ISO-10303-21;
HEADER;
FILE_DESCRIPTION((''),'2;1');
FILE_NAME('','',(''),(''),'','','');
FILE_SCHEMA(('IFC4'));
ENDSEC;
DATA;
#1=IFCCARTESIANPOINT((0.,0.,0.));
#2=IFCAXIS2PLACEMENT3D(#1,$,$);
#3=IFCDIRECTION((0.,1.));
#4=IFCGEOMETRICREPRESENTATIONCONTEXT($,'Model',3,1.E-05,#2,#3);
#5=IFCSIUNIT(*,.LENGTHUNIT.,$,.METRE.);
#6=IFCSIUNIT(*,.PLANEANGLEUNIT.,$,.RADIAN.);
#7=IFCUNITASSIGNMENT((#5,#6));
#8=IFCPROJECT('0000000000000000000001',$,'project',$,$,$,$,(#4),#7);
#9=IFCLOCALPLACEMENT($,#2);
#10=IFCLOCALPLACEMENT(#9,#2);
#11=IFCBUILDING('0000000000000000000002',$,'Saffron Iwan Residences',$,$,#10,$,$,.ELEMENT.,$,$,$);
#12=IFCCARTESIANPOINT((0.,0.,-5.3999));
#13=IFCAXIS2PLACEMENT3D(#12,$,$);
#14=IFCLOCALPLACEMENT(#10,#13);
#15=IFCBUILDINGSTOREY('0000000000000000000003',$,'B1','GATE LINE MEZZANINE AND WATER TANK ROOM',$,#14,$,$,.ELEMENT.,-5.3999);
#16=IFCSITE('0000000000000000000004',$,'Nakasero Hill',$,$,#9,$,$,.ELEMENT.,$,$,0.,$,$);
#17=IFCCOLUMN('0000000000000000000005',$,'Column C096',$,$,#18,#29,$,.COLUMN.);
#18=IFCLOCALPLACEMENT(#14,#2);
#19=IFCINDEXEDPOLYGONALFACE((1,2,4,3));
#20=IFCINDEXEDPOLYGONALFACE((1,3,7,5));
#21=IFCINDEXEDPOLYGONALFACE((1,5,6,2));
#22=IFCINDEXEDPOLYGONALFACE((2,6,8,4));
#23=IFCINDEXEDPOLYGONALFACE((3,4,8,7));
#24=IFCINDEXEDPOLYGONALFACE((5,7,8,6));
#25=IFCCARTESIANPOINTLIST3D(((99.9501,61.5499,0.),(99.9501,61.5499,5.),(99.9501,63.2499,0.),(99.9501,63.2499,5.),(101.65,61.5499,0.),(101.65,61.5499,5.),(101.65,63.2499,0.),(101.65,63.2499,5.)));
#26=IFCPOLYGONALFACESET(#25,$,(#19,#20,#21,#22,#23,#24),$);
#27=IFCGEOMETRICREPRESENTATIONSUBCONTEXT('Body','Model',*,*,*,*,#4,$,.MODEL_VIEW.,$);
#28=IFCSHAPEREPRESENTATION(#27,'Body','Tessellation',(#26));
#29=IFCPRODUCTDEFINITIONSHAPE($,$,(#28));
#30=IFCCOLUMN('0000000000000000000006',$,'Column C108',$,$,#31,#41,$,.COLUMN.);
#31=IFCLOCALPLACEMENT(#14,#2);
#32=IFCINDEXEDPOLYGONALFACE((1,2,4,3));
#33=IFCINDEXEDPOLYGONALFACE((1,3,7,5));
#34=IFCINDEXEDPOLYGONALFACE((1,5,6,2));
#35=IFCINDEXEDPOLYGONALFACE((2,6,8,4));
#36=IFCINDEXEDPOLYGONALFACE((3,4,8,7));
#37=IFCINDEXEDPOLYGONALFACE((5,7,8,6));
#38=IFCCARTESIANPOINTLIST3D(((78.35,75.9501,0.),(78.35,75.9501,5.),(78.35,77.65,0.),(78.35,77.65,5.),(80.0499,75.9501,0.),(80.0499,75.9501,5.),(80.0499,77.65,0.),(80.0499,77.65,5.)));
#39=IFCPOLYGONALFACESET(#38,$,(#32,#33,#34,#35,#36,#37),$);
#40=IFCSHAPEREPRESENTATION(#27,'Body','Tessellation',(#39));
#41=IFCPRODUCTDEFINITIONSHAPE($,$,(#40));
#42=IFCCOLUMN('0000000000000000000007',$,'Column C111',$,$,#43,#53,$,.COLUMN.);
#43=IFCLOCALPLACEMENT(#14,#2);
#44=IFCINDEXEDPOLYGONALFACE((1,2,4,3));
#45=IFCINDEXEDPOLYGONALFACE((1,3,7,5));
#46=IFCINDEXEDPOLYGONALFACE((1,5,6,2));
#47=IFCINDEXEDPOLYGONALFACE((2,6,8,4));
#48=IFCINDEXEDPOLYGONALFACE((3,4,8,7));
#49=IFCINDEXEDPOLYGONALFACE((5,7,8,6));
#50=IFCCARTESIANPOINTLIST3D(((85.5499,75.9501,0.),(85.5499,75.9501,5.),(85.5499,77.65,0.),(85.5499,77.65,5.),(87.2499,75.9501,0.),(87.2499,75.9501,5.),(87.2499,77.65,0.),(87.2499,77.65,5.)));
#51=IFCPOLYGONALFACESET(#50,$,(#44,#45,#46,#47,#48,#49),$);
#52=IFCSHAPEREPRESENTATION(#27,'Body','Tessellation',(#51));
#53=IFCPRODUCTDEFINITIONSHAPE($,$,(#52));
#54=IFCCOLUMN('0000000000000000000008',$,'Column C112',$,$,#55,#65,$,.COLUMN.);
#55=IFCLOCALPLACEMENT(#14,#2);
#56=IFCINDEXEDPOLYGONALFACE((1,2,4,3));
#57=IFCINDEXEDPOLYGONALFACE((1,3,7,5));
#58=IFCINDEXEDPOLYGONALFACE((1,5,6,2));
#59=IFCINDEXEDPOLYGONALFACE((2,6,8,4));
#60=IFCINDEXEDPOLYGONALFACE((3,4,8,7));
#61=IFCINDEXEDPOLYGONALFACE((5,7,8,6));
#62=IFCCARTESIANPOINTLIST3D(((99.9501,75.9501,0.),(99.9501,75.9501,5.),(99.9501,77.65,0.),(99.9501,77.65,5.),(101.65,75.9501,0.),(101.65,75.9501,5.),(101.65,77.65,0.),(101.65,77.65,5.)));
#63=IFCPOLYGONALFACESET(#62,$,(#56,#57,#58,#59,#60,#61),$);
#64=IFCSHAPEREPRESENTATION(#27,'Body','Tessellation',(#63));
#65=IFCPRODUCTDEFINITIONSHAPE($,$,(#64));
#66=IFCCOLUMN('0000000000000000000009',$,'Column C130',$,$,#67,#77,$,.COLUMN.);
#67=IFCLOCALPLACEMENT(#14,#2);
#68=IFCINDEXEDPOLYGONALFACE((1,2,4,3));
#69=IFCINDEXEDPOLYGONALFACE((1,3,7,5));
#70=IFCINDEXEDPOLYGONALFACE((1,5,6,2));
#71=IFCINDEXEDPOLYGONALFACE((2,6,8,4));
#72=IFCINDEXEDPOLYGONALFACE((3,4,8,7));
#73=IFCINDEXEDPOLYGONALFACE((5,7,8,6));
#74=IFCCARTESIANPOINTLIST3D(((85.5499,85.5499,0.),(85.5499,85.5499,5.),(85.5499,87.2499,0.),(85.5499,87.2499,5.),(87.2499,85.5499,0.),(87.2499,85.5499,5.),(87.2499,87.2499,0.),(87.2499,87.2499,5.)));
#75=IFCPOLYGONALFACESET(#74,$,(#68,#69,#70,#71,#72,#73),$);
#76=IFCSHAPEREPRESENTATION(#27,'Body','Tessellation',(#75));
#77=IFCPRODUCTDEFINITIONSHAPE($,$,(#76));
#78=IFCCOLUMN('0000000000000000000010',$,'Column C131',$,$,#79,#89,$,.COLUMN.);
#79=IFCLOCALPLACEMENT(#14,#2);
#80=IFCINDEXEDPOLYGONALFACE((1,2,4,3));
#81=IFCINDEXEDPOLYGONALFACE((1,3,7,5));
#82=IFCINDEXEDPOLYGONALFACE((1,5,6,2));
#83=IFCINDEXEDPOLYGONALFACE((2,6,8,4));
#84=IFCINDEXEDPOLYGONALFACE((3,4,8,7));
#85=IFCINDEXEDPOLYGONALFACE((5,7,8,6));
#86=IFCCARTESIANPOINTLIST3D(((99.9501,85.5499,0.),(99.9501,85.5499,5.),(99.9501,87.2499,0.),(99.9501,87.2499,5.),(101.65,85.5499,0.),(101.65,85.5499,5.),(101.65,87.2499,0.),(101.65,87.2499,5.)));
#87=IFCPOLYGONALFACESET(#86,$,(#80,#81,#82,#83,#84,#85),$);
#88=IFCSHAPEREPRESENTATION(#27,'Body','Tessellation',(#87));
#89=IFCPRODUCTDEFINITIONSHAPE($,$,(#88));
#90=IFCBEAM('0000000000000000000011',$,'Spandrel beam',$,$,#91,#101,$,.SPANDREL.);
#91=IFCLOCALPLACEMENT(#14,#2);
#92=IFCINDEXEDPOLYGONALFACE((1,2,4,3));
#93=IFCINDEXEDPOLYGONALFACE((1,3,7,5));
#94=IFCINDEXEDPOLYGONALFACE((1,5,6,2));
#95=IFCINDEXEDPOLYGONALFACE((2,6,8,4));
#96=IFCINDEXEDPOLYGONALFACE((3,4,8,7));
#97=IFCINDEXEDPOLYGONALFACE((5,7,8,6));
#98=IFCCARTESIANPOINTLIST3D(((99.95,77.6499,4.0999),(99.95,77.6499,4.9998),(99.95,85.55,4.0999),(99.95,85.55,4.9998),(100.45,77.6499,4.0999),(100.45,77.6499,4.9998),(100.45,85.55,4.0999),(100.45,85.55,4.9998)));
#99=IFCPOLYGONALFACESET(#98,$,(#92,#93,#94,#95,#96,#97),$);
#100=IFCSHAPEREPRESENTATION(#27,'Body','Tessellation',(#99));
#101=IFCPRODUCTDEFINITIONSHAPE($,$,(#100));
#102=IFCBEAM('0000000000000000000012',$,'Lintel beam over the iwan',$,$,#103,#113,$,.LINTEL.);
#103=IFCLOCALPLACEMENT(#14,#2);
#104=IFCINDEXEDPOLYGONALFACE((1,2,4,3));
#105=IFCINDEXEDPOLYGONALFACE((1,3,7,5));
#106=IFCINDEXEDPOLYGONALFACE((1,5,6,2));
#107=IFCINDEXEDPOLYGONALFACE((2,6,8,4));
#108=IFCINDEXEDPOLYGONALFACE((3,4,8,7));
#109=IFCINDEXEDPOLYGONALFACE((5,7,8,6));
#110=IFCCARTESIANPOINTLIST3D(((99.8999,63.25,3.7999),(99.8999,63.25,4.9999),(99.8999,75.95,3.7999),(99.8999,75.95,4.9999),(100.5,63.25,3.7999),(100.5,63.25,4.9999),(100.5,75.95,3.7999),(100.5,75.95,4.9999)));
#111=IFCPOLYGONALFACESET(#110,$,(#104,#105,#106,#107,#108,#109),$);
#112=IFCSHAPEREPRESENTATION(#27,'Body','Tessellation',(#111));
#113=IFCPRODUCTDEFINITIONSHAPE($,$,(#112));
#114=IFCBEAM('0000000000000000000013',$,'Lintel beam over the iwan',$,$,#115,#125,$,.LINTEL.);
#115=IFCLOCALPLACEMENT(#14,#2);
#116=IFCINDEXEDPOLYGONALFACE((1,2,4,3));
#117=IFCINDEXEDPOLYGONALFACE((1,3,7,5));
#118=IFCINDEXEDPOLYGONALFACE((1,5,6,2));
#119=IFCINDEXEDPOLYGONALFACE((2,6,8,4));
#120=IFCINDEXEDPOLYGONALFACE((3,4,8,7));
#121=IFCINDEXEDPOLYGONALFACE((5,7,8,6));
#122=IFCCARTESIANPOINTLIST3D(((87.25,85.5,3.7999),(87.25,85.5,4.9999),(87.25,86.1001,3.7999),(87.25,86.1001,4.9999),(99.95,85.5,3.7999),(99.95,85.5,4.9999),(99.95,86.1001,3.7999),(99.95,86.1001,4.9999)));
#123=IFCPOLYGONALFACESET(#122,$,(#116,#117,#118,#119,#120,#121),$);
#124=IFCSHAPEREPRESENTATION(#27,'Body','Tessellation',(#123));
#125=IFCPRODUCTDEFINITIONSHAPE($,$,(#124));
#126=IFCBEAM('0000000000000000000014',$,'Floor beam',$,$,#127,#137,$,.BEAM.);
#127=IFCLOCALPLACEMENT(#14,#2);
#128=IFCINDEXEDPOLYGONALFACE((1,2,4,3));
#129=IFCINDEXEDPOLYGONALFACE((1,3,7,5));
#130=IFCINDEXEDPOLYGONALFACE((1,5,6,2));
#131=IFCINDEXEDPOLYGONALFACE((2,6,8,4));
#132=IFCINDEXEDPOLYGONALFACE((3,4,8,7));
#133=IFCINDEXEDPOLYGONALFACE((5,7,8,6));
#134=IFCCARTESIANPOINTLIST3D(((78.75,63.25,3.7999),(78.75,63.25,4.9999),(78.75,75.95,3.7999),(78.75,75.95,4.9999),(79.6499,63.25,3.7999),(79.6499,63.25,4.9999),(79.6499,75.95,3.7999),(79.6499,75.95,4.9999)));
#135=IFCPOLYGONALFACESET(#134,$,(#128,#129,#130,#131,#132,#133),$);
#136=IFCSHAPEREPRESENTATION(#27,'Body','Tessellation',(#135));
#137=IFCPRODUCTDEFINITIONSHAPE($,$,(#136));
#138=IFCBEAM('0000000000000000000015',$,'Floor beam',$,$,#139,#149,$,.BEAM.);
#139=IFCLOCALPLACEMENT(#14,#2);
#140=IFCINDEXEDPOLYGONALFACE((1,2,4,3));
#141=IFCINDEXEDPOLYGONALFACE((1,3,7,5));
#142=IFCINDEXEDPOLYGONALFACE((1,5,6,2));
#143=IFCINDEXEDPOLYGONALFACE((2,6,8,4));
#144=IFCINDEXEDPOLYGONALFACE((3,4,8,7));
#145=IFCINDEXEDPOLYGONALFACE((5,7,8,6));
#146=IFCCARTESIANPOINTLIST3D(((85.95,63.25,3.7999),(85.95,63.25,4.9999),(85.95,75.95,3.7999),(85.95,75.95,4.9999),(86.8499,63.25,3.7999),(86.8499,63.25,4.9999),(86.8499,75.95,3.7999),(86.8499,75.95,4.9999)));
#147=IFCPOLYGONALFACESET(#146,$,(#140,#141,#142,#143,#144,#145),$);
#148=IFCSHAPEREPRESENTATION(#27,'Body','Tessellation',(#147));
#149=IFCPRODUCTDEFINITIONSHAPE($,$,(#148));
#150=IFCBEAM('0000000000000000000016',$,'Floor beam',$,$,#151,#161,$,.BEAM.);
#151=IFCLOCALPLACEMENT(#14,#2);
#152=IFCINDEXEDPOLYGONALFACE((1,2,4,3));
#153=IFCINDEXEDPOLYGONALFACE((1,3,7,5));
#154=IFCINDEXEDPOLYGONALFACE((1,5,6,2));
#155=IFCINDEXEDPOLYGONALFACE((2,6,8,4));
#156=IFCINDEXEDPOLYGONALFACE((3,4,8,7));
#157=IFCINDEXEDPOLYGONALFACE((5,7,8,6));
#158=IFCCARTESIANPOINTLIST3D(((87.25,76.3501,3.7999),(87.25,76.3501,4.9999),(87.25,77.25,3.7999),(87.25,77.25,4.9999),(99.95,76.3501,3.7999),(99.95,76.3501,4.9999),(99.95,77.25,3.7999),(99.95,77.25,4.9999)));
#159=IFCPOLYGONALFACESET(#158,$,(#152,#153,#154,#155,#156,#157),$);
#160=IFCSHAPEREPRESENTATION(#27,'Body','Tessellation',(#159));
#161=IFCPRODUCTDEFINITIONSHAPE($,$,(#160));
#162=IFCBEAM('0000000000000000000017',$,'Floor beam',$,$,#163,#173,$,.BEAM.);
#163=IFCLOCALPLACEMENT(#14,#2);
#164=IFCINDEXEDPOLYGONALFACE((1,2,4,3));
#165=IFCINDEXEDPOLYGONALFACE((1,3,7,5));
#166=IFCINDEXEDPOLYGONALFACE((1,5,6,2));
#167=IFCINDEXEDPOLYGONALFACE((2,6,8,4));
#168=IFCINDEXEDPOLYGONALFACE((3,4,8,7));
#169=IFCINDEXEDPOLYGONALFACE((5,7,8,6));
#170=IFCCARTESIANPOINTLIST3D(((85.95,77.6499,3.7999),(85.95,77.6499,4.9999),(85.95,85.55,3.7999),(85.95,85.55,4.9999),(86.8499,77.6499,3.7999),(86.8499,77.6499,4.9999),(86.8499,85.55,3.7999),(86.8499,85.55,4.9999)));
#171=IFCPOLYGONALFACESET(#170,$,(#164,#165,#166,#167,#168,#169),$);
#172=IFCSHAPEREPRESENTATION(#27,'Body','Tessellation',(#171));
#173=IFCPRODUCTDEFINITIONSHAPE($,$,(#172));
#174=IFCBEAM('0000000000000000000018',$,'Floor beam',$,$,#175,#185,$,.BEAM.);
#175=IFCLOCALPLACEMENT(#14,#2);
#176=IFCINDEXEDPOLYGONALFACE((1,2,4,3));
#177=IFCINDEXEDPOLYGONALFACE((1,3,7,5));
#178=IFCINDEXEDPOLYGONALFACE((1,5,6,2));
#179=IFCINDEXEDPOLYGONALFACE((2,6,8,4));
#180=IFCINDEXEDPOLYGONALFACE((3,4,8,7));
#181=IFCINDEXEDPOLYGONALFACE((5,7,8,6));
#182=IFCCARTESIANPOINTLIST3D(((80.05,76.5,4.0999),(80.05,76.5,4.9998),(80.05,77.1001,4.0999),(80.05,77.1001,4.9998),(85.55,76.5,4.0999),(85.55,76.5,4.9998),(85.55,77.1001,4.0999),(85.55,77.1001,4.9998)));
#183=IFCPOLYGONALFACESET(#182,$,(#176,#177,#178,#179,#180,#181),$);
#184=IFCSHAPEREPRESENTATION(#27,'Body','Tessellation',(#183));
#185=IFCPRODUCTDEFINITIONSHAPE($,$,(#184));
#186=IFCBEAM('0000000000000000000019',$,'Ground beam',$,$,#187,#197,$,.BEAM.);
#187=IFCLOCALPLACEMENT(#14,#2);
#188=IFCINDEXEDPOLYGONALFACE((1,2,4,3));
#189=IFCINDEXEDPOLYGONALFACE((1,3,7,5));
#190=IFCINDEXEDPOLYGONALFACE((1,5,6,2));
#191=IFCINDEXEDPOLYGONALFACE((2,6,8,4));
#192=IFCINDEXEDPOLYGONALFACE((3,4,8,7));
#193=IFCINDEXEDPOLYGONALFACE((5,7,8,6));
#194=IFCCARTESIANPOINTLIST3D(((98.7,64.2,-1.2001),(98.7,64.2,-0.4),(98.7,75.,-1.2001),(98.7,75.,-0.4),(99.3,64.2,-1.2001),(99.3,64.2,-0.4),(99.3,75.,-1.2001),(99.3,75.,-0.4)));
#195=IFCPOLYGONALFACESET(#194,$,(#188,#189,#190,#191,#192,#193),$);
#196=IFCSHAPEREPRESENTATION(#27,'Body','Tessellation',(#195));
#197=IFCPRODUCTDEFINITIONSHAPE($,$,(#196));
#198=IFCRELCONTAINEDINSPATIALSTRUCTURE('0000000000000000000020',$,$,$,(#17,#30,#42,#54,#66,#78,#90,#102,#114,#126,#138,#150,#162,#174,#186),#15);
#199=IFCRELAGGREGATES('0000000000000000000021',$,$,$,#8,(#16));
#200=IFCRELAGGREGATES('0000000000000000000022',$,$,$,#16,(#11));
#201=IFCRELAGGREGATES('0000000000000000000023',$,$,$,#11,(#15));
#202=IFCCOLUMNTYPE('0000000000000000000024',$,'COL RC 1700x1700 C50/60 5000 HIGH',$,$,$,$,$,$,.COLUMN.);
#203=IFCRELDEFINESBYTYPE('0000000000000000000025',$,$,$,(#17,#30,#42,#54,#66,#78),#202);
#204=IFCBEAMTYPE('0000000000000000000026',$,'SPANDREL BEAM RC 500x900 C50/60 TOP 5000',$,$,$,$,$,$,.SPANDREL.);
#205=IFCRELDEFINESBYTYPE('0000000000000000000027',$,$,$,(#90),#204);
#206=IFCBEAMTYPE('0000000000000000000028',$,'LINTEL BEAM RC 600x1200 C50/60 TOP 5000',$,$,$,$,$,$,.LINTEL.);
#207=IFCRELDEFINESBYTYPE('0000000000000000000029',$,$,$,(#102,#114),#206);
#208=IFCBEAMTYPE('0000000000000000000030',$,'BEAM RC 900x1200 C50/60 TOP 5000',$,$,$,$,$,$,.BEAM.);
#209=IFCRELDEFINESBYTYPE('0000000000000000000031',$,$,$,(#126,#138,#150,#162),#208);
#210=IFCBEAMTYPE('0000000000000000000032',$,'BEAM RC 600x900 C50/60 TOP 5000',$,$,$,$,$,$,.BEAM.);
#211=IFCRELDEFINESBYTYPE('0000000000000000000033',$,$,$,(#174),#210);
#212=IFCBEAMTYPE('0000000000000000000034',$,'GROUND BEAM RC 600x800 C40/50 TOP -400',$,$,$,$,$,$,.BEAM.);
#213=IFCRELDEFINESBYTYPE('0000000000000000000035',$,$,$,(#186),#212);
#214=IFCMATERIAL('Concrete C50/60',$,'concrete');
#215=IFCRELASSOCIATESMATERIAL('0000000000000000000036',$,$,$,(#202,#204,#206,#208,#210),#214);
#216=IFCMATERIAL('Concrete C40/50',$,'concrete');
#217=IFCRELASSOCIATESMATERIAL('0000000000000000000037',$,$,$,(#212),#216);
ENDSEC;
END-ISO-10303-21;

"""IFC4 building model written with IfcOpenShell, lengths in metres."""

from ifc_helpers import new_model, si_unit, direction, frame, origin, origin_2d, place, context, subcontext, project, spatial, rectangle, extrude, source, transform, mapped, material, material_profile, profile_set, type_object, element, save


model = new_model("IFC4")

# Units and contexts
model_context = context("Model", 3, precision=1e-05, world=origin(), true_north=direction((0.0, 1.0)))
body_context = subcontext(model_context, "Body", "Model", "MODEL_VIEW")
ifc_project = project(units=[si_unit("LENGTHUNIT", "METRE"), si_unit("PLANEANGLEUNIT", "RADIAN")], contexts=[model_context])

# Site, building, storey
site_placement = place(None, origin())
site = spatial("IfcSite", under=ifc_project, at=site_placement, Name="Nakasero Hill", CompositionType="ELEMENT", RefElevation=0.0)
building_placement = place(site_placement, origin())
building = spatial("IfcBuilding", under=site, at=building_placement, Name="Saffron Iwan Residences", CompositionType="ELEMENT")
storey_placement = place(building_placement, frame((0.0, 0.0, -5.3999)))
storey = spatial("IfcBuildingStorey", under=building, at=storey_placement, Name="B1", Description="GATE LINE MEZZANINE AND WATER TANK ROOM", CompositionType="ELEMENT", Elevation=-5.3999)

# Shared definitions
ifc_material_1 = material(Name="Concrete C40/50", Category="concrete")

# Columns
ifc_material_2 = material(Name="Concrete C50/60", Category="concrete")
ifc_material_profile_1 = material_profile(ifc_material_2, rectangle(XDim=1.7, YDim=1.7, at=origin_2d()), Name="RC 1700x1700")
ifc_profile_set_1 = profile_set([ifc_material_profile_1], Name="Concrete C50/60")
column_type = type_object("IfcColumnType", Name="COL RC 1700x1700 C50/60 5000 HIGH", PredefinedType="COLUMN", material=ifc_profile_set_1)
shared_shape_1 = source(origin(), body_context, "Body", "SweptSolid", [
    extrude(rectangle(XDim=1.7, YDim=1.7, at=origin_2d()), origin(), (0.0, 0.0, 1.0), 5.0),
])
for number, where, z_axis, x_axis, name in (
    (1, (100.8, 62.3999, 0.0), (0.0, 0.0, 1.0), (1.0, 0.0, 0.0), "Column C096"),
    (2, (79.2, 76.8, 0.0), (0.0, 0.0, 1.0), (1.0, 0.0, 0.0), "Column C108"),
    (3, (86.3999, 76.8, 0.0), (0.0, 0.0, 1.0), (1.0, 0.0, 0.0), "Column C111"),
    (4, (100.8, 76.8, 0.0), (0.0, 0.0, 1.0), (1.0, 0.0, 0.0), "Column C112"),
    (5, (86.3999, 86.3999, 0.0), (0.0, 0.0, 1.0), (1.0, 0.0, 0.0), "Column C130"),
    (6, (100.8, 86.3999, 0.0), (0.0, 0.0, 1.0), (1.0, 0.0, 0.0), "Column C131"),
):
    element("IfcColumn", number, at=place(storey_placement, frame(where, z_axis=z_axis, x_axis=x_axis)), inside=storey, type_object=column_type, Name=name, PredefinedType="COLUMN", context=body_context, shape_type="MappedRepresentation", body=[
        mapped(shared_shape_1, transform((0.0, 0.0, 0.0))),
    ])

# Beams
ifc_material_profile_2 = material_profile(ifc_material_2, rectangle(XDim=0.5, YDim=0.8999, at=origin_2d()), Name="RC 500x900")
ifc_profile_set_2 = profile_set([ifc_material_profile_2], Name="Concrete C50/60")
beam_type_1 = type_object("IfcBeamType", Name="SPANDREL BEAM RC 500x900 C50/60 TOP 5000", PredefinedType="SPANDREL", material=ifc_profile_set_2)
shared_shape_2 = source(origin(), body_context, "Body", "SweptSolid", [
    extrude(rectangle(XDim=0.5, YDim=0.8999, at=origin_2d()), origin(), (0.0, 0.0, 1.0), 7.9001),
])
beam_1_placement = place(storey_placement, frame((100.2, 85.55, 4.5498), z_axis=(0.0, -1.0, 0.0), x_axis=(1.0, 0.0, 0.0)))
element("IfcBeam", 7, at=beam_1_placement, inside=storey, type_object=beam_type_1, Name="Spandrel beam", PredefinedType="SPANDREL", context=body_context, shape_type="MappedRepresentation", body=[
    mapped(shared_shape_2, transform((0.0, 0.0, 0.0))),
])
ifc_material_profile_3 = material_profile(ifc_material_2, rectangle(XDim=0.6001, YDim=1.2, at=origin_2d()), Name="RC 600x1200")
ifc_profile_set_3 = profile_set([ifc_material_profile_3], Name="Concrete C50/60")
beam_type_2 = type_object("IfcBeamType", Name="LINTEL BEAM RC 600x1200 C50/60 TOP 5000", PredefinedType="LINTEL", material=ifc_profile_set_3)
shared_shape_3 = source(origin(), body_context, "Body", "SweptSolid", [
    extrude(rectangle(XDim=0.6001, YDim=1.2, at=origin_2d()), origin(), (0.0, 0.0, 1.0), 12.7),
])
for number, where, z_axis, x_axis, name in (
    (8, (100.2, 75.95, 4.3999), (0.0, -1.0, 0.0), (1.0, 0.0, 0.0), "Lintel beam over the iwan"),
    (9, (87.25, 85.8, 4.3999), (1.0, 0.0, 0.0), (0.0, 1.0, 0.0), "Lintel beam over the iwan"),
):
    element("IfcBeam", number, at=place(storey_placement, frame(where, z_axis=z_axis, x_axis=x_axis)), inside=storey, type_object=beam_type_2, Name=name, PredefinedType="LINTEL", context=body_context, shape_type="MappedRepresentation", body=[
        mapped(shared_shape_3, transform((0.0, 0.0, 0.0))),
    ])
ifc_material_profile_4 = material_profile(ifc_material_2, rectangle(XDim=0.8999, YDim=1.2, at=origin_2d()), Name="RC 900x1200")
ifc_profile_set_4 = profile_set([ifc_material_profile_4], Name="Concrete C50/60")
beam_type_3 = type_object("IfcBeamType", Name="BEAM RC 900x1200 C50/60 TOP 5000", PredefinedType="BEAM", material=ifc_profile_set_4)
shared_shape_4 = source(origin(), body_context, "Body", "SweptSolid", [
    extrude(rectangle(XDim=0.8999, YDim=1.2, at=origin_2d()), origin(), (0.0, 0.0, 1.0), 12.7),
])
for number, where, z_axis, x_axis, name in (
    (10, (79.2, 63.25, 4.3999), (0.0, 1.0, 0.0), (-1.0, 0.0, 0.0), "Floor beam"),
    (11, (86.3999, 63.25, 4.3999), (0.0, 1.0, 0.0), (-1.0, 0.0, 0.0), "Floor beam"),
    (12, (87.25, 76.8, 4.3999), (1.0, 0.0, 0.0), (0.0, 1.0, 0.0), "Floor beam"),
):
    element("IfcBeam", number, at=place(storey_placement, frame(where, z_axis=z_axis, x_axis=x_axis)), inside=storey, type_object=beam_type_3, Name=name, PredefinedType="BEAM", context=body_context, shape_type="MappedRepresentation", body=[
        mapped(shared_shape_4, transform((0.0, 0.0, 0.0))),
    ])
shared_shape_5 = source(origin(), body_context, "Body", "SweptSolid", [
    extrude(rectangle(XDim=0.8999, YDim=1.2, at=origin_2d()), origin(), (0.0, 0.0, 1.0), 7.9001),
])
beam_2_placement = place(storey_placement, frame((86.3999, 77.6499, 4.3999), z_axis=(0.0, 1.0, 0.0), x_axis=(-1.0, 0.0, 0.0)))
element("IfcBeam", 13, at=beam_2_placement, inside=storey, type_object=beam_type_3, Name="Floor beam", PredefinedType="BEAM", context=body_context, shape_type="MappedRepresentation", body=[
    mapped(shared_shape_5, transform((0.0, 0.0, 0.0))),
])
ifc_material_profile_5 = material_profile(ifc_material_2, rectangle(XDim=0.6001, YDim=0.8999, at=origin_2d()), Name="RC 600x900")
ifc_profile_set_5 = profile_set([ifc_material_profile_5], Name="Concrete C50/60")
beam_type_4 = type_object("IfcBeamType", Name="BEAM RC 600x900 C50/60 TOP 5000", PredefinedType="BEAM", material=ifc_profile_set_5)
shared_shape_6 = source(origin(), body_context, "Body", "SweptSolid", [
    extrude(rectangle(XDim=0.6001, YDim=0.8999, at=origin_2d()), origin(), (0.0, 0.0, 1.0), 5.5),
])
beam_3_placement = place(storey_placement, frame((80.05, 76.8, 4.5498), z_axis=(1.0, 0.0, 0.0), x_axis=(0.0, 1.0, 0.0)))
element("IfcBeam", 14, at=beam_3_placement, inside=storey, type_object=beam_type_4, Name="Floor beam", PredefinedType="BEAM", context=body_context, shape_type="MappedRepresentation", body=[
    mapped(shared_shape_6, transform((0.0, 0.0, 0.0))),
])
ifc_material_profile_6 = material_profile(ifc_material_1, rectangle(XDim=0.6001, YDim=0.8, at=origin_2d()), Name="RC 600x800")
ifc_profile_set_6 = profile_set([ifc_material_profile_6], Name="Concrete C40/50")
beam_type_5 = type_object("IfcBeamType", Name="GROUND BEAM RC 600x800 C40/50 TOP -400", PredefinedType="BEAM", material=ifc_profile_set_6)
shared_shape_7 = source(origin(), body_context, "Body", "SweptSolid", [
    extrude(rectangle(XDim=0.6001, YDim=0.8, at=origin_2d()), origin(), (0.0, 0.0, 1.0), 10.8),
])
beam_4_placement = place(storey_placement, frame((99.0, 64.2, -0.8), z_axis=(0.0, 1.0, 0.0), x_axis=(-1.0, 0.0, 0.0)))
element("IfcBeam", 15, at=beam_4_placement, inside=storey, type_object=beam_type_5, Name="Ground beam", PredefinedType="BEAM", context=body_context, shape_type="MappedRepresentation", body=[
    mapped(shared_shape_7, transform((0.0, 0.0, 0.0))),
])

save(model, "model.ifc")
